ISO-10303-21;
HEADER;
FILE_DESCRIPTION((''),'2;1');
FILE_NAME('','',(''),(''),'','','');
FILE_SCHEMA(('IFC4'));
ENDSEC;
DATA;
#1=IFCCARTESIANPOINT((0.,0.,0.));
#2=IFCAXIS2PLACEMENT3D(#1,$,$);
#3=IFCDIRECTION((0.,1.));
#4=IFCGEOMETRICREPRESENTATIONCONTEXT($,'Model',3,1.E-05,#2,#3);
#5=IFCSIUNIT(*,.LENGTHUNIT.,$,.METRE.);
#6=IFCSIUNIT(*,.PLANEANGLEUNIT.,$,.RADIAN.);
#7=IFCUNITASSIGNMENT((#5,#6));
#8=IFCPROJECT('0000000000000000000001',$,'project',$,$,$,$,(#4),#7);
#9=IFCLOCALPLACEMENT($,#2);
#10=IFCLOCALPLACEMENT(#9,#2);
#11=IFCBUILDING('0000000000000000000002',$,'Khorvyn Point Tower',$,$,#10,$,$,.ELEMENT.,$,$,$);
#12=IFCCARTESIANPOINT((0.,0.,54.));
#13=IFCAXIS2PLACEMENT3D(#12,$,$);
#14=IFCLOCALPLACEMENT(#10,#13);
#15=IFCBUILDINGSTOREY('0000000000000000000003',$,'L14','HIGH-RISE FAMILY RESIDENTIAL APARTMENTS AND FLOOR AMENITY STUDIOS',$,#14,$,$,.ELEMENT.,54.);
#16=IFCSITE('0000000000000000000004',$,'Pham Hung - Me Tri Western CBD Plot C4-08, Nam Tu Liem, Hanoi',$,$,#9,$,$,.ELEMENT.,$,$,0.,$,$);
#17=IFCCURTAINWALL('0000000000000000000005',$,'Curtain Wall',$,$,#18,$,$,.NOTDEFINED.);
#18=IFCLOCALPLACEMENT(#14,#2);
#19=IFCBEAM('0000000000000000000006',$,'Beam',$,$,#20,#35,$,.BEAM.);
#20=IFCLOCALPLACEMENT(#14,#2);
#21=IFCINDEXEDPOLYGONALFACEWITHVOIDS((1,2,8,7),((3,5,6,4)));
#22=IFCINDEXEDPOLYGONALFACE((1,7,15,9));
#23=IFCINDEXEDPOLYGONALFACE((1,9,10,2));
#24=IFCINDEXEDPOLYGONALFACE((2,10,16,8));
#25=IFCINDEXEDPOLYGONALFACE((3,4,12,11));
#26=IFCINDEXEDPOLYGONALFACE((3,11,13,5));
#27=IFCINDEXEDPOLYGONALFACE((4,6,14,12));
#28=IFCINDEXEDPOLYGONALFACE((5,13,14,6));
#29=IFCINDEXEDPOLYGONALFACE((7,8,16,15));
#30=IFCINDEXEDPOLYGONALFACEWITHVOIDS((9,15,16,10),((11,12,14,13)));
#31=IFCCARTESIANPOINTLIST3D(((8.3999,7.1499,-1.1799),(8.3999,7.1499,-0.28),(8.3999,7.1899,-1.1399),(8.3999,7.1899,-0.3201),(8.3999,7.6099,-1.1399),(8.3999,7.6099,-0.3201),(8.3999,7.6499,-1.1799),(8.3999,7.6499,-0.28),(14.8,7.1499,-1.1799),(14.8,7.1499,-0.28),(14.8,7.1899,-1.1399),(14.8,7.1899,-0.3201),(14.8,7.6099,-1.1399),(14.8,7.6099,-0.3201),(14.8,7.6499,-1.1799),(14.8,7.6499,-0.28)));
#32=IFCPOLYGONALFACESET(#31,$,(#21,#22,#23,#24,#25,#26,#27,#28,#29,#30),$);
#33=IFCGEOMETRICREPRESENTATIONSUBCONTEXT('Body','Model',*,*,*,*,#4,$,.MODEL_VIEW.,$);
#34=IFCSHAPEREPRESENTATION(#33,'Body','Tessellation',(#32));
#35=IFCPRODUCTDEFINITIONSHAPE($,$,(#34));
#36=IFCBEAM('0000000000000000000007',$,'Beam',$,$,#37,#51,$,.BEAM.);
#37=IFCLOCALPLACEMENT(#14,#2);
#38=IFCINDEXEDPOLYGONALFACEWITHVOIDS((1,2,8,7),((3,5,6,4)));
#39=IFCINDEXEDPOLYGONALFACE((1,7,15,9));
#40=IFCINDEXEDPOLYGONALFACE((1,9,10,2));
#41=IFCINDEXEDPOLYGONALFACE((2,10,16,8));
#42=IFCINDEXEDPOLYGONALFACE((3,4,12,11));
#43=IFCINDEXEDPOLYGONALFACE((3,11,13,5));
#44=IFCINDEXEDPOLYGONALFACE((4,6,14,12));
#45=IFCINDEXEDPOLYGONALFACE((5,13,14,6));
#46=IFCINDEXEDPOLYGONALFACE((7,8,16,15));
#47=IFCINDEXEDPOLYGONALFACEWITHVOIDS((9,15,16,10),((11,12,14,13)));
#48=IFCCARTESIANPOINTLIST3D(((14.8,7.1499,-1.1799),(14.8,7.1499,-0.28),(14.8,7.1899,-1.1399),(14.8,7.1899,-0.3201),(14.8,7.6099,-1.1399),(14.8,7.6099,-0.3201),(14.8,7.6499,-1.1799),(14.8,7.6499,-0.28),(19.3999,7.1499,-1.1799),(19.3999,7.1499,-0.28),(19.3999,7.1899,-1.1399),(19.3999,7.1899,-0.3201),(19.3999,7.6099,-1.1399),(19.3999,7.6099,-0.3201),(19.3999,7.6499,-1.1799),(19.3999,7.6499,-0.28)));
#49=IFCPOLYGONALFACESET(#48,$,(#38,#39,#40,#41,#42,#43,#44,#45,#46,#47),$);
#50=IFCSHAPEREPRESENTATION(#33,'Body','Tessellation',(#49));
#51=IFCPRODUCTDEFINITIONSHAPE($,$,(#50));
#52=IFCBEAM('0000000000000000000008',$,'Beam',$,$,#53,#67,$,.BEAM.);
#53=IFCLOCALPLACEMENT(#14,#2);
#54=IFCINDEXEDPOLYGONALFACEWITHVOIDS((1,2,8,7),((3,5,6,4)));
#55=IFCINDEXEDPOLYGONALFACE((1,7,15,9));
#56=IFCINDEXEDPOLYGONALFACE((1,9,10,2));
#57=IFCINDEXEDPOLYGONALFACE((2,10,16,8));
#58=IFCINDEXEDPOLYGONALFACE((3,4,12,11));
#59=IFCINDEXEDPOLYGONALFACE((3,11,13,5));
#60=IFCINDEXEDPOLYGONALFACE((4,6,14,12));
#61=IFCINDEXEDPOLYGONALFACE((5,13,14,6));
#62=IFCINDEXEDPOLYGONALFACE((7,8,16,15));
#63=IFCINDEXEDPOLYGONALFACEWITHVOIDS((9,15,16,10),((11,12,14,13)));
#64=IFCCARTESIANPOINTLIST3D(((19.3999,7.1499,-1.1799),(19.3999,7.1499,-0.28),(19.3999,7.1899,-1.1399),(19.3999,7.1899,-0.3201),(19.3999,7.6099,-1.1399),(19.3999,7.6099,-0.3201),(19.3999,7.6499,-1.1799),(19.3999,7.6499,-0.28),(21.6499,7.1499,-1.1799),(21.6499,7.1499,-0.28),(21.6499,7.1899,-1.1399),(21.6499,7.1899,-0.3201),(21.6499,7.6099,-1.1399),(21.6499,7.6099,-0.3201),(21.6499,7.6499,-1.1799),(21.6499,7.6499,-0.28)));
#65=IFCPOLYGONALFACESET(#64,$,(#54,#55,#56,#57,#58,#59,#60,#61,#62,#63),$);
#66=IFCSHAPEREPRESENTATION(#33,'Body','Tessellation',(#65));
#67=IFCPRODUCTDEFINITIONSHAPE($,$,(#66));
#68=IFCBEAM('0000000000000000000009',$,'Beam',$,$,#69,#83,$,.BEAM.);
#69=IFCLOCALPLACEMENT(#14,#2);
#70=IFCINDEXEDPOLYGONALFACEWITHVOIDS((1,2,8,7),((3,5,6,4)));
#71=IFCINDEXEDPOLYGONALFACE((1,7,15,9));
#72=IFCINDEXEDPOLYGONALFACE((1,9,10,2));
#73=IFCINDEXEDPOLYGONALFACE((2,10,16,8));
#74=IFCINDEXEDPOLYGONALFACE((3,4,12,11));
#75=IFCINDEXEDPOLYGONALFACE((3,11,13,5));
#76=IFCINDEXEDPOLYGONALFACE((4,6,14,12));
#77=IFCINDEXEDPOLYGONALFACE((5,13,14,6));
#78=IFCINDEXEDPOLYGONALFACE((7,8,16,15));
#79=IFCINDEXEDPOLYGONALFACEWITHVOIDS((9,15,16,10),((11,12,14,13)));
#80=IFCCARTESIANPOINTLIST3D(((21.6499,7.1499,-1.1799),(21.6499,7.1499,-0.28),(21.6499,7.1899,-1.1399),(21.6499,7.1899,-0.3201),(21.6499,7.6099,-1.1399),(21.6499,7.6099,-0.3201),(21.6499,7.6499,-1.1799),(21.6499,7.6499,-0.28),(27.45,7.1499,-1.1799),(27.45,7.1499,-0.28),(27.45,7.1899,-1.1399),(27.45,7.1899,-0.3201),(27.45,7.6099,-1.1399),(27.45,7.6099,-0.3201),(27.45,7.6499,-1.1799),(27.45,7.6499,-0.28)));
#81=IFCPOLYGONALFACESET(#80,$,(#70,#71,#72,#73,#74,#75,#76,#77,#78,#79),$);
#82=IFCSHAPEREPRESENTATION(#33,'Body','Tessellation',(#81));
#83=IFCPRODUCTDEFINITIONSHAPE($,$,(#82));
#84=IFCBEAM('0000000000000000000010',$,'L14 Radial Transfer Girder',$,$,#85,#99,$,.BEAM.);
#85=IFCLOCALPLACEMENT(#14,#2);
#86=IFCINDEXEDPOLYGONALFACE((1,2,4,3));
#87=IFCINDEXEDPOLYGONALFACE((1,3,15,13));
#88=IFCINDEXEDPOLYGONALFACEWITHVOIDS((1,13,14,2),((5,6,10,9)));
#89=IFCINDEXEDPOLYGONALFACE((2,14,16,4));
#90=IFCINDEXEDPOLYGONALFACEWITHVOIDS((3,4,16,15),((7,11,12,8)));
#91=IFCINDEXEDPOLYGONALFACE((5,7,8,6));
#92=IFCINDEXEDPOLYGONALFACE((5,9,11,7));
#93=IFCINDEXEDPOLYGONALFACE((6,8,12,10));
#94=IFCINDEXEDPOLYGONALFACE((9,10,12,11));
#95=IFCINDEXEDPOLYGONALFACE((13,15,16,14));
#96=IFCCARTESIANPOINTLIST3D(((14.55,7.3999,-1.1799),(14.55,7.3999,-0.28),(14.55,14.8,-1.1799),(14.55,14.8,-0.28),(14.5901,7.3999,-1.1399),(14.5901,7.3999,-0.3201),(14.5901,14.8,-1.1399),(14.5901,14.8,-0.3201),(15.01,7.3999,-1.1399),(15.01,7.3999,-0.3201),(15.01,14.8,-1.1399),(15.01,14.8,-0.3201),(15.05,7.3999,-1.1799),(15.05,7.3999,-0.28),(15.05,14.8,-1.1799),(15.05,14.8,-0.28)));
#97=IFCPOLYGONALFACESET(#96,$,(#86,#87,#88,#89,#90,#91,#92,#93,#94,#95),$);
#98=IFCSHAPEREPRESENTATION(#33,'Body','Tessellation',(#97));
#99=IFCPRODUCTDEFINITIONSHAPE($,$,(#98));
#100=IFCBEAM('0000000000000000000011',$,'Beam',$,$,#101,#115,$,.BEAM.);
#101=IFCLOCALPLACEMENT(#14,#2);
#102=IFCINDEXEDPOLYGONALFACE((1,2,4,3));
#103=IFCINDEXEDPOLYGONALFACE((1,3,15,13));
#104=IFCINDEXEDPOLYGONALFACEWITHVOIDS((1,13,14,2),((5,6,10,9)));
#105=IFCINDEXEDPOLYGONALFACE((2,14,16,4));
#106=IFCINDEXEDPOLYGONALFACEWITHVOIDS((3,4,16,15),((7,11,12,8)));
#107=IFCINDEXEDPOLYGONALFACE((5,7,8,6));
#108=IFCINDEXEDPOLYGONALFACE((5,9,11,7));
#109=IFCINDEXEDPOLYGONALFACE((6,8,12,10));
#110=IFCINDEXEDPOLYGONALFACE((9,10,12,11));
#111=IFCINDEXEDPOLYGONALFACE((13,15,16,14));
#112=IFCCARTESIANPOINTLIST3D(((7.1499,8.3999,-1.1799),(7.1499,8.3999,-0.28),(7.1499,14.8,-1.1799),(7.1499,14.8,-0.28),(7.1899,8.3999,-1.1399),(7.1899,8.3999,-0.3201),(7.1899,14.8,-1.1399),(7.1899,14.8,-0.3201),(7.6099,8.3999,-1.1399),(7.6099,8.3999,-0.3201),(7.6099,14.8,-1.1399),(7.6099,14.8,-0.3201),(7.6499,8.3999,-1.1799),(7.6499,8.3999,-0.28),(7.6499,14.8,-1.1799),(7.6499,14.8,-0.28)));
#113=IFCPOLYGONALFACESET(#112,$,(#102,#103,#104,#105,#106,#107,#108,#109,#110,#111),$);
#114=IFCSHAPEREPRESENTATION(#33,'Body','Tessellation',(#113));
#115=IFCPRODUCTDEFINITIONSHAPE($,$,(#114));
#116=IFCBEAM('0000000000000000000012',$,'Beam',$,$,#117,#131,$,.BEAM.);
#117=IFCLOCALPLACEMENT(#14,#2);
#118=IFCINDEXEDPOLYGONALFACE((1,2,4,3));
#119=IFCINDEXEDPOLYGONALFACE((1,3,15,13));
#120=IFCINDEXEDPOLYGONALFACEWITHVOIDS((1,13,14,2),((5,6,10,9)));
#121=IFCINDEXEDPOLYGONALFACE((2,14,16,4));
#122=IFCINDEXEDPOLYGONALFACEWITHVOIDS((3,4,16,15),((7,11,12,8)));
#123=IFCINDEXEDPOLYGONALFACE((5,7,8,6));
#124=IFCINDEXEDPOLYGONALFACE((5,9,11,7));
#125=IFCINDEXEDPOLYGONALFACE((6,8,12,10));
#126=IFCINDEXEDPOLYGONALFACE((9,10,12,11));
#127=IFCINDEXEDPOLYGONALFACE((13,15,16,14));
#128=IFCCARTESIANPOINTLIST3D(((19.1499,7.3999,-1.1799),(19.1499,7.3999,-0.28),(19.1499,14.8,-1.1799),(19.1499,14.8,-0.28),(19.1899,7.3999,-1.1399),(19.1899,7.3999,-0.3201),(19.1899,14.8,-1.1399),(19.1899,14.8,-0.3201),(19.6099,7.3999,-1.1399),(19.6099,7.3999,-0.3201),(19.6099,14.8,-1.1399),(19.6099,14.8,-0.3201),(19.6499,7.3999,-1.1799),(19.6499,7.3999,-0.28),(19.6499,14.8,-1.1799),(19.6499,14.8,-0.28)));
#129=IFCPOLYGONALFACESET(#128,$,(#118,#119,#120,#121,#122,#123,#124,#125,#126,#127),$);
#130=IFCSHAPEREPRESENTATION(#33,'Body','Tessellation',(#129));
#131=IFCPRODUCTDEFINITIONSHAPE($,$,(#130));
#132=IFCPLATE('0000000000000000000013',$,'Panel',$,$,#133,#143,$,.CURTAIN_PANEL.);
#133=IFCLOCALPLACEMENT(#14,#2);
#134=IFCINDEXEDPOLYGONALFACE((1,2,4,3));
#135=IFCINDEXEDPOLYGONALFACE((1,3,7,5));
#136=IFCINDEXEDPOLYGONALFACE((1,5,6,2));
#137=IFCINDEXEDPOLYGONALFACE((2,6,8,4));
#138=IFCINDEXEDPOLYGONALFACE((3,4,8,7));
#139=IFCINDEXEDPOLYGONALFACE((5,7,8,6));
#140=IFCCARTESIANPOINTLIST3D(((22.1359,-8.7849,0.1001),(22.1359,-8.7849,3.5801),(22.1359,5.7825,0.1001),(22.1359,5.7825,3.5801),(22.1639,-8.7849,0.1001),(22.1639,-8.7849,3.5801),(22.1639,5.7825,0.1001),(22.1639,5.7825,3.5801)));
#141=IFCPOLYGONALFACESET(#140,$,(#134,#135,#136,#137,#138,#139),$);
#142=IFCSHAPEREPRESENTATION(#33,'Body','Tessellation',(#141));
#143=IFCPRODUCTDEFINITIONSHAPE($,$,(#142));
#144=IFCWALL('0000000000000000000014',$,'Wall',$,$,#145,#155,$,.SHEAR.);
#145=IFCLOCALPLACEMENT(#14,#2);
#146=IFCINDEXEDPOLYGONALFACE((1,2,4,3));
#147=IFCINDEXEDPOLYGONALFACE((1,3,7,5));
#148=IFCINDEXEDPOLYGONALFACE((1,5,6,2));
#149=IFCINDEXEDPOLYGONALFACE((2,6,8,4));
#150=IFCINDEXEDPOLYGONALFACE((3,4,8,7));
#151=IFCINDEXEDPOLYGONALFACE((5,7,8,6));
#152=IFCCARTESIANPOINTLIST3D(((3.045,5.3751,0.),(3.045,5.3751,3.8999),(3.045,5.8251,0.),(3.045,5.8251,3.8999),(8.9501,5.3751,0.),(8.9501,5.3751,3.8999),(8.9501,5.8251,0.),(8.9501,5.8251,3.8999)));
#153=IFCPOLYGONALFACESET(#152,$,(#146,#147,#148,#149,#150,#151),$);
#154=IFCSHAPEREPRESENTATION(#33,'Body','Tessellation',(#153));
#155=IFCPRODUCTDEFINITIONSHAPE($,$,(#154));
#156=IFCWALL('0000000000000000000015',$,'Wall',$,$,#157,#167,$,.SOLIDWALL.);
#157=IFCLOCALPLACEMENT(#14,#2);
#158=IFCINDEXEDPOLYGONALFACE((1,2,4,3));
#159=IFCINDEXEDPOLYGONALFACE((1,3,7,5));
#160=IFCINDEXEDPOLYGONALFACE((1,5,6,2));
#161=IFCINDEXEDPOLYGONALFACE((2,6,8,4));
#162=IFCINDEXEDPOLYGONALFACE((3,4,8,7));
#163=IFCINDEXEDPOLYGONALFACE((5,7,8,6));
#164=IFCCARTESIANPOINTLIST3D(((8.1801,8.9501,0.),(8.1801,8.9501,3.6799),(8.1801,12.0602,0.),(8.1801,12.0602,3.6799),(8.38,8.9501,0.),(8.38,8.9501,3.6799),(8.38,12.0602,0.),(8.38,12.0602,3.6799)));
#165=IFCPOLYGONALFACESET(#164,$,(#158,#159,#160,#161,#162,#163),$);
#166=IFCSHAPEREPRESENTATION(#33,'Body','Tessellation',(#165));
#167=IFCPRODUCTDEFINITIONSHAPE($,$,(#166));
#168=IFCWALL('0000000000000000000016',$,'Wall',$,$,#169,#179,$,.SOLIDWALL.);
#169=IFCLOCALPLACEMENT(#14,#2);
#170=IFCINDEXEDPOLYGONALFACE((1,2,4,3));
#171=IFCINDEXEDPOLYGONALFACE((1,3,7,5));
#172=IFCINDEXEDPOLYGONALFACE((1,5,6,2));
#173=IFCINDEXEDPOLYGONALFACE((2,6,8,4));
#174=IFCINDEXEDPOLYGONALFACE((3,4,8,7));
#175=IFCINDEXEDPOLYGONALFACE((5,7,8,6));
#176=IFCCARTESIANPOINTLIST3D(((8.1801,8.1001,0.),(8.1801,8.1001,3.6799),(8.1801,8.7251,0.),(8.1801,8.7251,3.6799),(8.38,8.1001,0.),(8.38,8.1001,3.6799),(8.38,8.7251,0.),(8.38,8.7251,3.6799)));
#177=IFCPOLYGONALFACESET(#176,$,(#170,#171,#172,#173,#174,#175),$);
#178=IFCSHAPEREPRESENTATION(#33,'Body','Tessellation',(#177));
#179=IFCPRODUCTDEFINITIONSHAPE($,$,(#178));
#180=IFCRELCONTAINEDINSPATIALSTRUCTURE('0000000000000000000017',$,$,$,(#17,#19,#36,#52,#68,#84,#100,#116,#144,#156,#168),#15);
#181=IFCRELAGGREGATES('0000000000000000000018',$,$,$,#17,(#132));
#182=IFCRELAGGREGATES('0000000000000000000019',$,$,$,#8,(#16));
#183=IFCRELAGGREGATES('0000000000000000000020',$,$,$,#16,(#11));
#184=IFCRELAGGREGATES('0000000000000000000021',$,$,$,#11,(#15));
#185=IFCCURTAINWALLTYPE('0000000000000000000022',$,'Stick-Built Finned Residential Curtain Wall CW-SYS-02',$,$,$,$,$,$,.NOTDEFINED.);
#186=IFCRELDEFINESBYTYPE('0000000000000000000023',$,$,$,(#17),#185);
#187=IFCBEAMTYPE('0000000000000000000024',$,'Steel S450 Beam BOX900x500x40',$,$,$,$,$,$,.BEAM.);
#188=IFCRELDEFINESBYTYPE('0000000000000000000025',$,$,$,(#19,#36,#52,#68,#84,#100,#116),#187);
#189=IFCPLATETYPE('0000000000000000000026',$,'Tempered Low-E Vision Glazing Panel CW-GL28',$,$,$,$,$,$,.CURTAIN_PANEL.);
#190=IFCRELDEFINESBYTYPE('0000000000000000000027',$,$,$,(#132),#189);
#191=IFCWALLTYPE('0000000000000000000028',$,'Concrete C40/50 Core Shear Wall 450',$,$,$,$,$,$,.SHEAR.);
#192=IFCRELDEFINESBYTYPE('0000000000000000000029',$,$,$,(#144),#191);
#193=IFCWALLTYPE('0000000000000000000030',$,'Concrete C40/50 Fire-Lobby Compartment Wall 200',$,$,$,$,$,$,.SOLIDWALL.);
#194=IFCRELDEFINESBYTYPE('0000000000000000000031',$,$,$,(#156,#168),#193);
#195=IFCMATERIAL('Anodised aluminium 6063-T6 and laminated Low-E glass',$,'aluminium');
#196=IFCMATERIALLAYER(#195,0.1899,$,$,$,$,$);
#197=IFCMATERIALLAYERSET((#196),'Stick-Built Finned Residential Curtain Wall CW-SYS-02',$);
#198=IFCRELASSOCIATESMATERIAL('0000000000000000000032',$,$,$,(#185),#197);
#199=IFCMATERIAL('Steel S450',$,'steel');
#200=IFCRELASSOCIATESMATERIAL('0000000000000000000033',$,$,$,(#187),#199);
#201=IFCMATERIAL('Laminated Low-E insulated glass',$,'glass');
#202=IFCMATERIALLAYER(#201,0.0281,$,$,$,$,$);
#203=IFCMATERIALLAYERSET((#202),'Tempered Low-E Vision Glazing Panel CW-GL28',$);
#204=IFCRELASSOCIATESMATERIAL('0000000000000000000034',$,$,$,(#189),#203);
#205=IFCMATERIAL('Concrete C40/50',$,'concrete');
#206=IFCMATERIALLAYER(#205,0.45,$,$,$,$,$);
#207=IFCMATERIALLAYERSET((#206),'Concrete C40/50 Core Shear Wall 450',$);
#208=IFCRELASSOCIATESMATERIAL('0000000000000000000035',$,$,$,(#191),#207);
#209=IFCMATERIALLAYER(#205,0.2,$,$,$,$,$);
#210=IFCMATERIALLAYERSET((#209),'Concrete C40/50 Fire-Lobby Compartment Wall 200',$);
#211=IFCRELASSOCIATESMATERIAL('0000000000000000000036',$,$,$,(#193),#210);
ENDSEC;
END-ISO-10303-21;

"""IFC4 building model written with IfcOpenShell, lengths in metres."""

from ifc_helpers import new_model, si_unit, direction, frame, frame_2d, origin, origin_2d, place, context, subcontext, project, spatial, rectangle, hollow_rectangle, extrude, material, layer, layer_set, material_profile, profile_set, type_object, element, aggregate, save


model = new_model("IFC4")

# Units and contexts
model_context = context("Model", 3, precision=1e-05, world=origin(), true_north=direction((0.0, 1.0)))
body_context = subcontext(model_context, "Body", "Model", "MODEL_VIEW")
ifc_project = project(units=[si_unit("LENGTHUNIT", "METRE"), si_unit("PLANEANGLEUNIT", "RADIAN")], contexts=[model_context])

# Site, building, storey
site_placement = place(None, origin())
site = spatial("IfcSite", under=ifc_project, at=site_placement, Name="Pham Hung - Me Tri Western CBD Plot C4-08, Nam Tu Liem, Hanoi", CompositionType="ELEMENT", RefElevation=0.0)
building_placement = place(site_placement, origin())
building = spatial("IfcBuilding", under=site, at=building_placement, Name="Khorvyn Point Tower", CompositionType="ELEMENT")
storey_placement = place(building_placement, frame((0.0, 0.0, 54.0)))
storey = spatial("IfcBuildingStorey", under=building, at=storey_placement, Name="L14", Description="HIGH-RISE FAMILY RESIDENTIAL APARTMENTS AND FLOOR AMENITY STUDIOS", CompositionType="ELEMENT", Elevation=54.0)

# Shared definitions
ifc_material_1 = material(Name="Steel S450", Category="steel")

# Curtain wall
ifc_material_2 = material(Name="Anodised aluminium 6063-T6 and laminated Low-E glass", Category="aluminium")
ifc_layer_1 = layer(ifc_material_2, 0.1899)
ifc_layer_set_1 = layer_set([ifc_layer_1], Name="Stick-Built Finned Residential Curtain Wall CW-SYS-02")
curtain_wall_type = type_object("IfcCurtainWallType", Name="Stick-Built Finned Residential Curtain Wall CW-SYS-02", PredefinedType="NOTDEFINED", material=ifc_layer_set_1)
curtain_wall_placement = place(storey_placement, origin())
curtain_wall = element("IfcCurtainWall", 1, at=curtain_wall_placement, inside=storey, type_object=curtain_wall_type, Name="Curtain Wall", PredefinedType="NOTDEFINED")

# Beams
ifc_material_profile_1 = material_profile(ifc_material_1, hollow_rectangle(XDim=0.5, YDim=0.8999, WallThickness=0.04, at=origin_2d()))
ifc_profile_set_1 = profile_set([ifc_material_profile_1], Name="Steel S450 BOX900x500x40")
beam_type_1 = type_object("IfcBeamType", Name="Steel S450 Beam BOX900x500x40", PredefinedType="BEAM", material=ifc_profile_set_1)
beam_1_placement = place(storey_placement, frame((8.3999, 7.3999, -0.73), z_axis=(1.0, 0.0, 0.0), x_axis=(0.0, 1.0, 0.0)))
element("IfcBeam", 2, at=beam_1_placement, inside=storey, type_object=beam_type_1, Name="Beam", PredefinedType="BEAM", context=body_context, shape_type="SweptSolid", body=[
    extrude(hollow_rectangle(XDim=0.5, YDim=0.8999, WallThickness=0.04, at=origin_2d()), origin(), (0.0, 0.0, 1.0), 6.4001),
])
beam_2_placement = place(storey_placement, frame((14.8, 7.3999, -0.73), z_axis=(1.0, 0.0, 0.0), x_axis=(0.0, 1.0, 0.0)))
element("IfcBeam", 3, at=beam_2_placement, inside=storey, type_object=beam_type_1, Name="Beam", PredefinedType="BEAM", context=body_context, shape_type="SweptSolid", body=[
    extrude(hollow_rectangle(XDim=0.5, YDim=0.8999, WallThickness=0.04, at=origin_2d()), origin(), (0.0, 0.0, 1.0), 4.5999),
])
beam_3_placement = place(storey_placement, frame((19.3999, 7.3999, -0.73), z_axis=(1.0, 0.0, 0.0), x_axis=(0.0, 1.0, 0.0)))
element("IfcBeam", 4, at=beam_3_placement, inside=storey, type_object=beam_type_1, Name="Beam", PredefinedType="BEAM", context=body_context, shape_type="SweptSolid", body=[
    extrude(hollow_rectangle(XDim=0.5, YDim=0.8999, WallThickness=0.04, at=origin_2d()), origin(), (0.0, 0.0, 1.0), 2.25),
])
beam_4_placement = place(storey_placement, frame((21.6499, 7.3999, -0.73), z_axis=(1.0, 0.0, 0.0), x_axis=(0.0, 1.0, 0.0)))
element("IfcBeam", 5, at=beam_4_placement, inside=storey, type_object=beam_type_1, Name="Beam", PredefinedType="BEAM", context=body_context, shape_type="SweptSolid", body=[
    extrude(hollow_rectangle(XDim=0.5, YDim=0.8999, WallThickness=0.04, at=origin_2d()), origin(), (0.0, 0.0, 1.0), 5.8),
])
beam_5_placement = place(storey_placement, frame((14.8, 7.3999, -0.73), z_axis=(0.0, 1.0, 0.0), x_axis=(-1.0, 0.0, 0.0)))
element("IfcBeam", 6, at=beam_5_placement, inside=storey, type_object=beam_type_1, Name="L14 Radial Transfer Girder", PredefinedType="BEAM", context=body_context, shape_type="SweptSolid", body=[
    extrude(hollow_rectangle(XDim=0.5, YDim=0.8999, WallThickness=0.04, at=origin_2d()), origin(), (0.0, 0.0, 1.0), 7.4001),
])
beam_6_placement = place(storey_placement, frame((7.3999, 8.3999, -0.73), z_axis=(0.0, 1.0, 0.0), x_axis=(-1.0, 0.0, 0.0)))
element("IfcBeam", 7, at=beam_6_placement, inside=storey, type_object=beam_type_1, Name="Beam", PredefinedType="BEAM", context=body_context, shape_type="SweptSolid", body=[
    extrude(hollow_rectangle(XDim=0.5, YDim=0.8999, WallThickness=0.04, at=origin_2d()), origin(), (0.0, 0.0, 1.0), 6.4001),
])
beam_7_placement = place(storey_placement, frame((19.3999, 7.3999, -0.73), z_axis=(0.0, 1.0, 0.0), x_axis=(-1.0, 0.0, 0.0)))
element("IfcBeam", 8, at=beam_7_placement, inside=storey, type_object=beam_type_1, Name="Beam", PredefinedType="BEAM", context=body_context, shape_type="SweptSolid", body=[
    extrude(hollow_rectangle(XDim=0.5, YDim=0.8999, WallThickness=0.04, at=origin_2d()), origin(), (0.0, 0.0, 1.0), 7.4001),
])

# Plate
ifc_material_3 = material(Name="Laminated Low-E insulated glass", Category="glass")
ifc_layer_2 = layer(ifc_material_3, 0.0281)
ifc_layer_set_2 = layer_set([ifc_layer_2], Name="Tempered Low-E Vision Glazing Panel CW-GL28")
plate_type = type_object("IfcPlateType", Name="Tempered Low-E Vision Glazing Panel CW-GL28", PredefinedType="CURTAIN_PANEL", material=ifc_layer_set_2)
plate_placement = place(storey_placement, frame((22.1499, -1.5012, 0.1001), z_axis=(0.0, 0.0, 1.0), x_axis=(0.0, -1.0, 0.0)))
plate = element("IfcPlate", 9, at=plate_placement, type_object=plate_type, Name="Panel", PredefinedType="CURTAIN_PANEL", context=body_context, shape_type="SweptSolid", body=[
    extrude(rectangle(XDim=14.5674, YDim=0.0281, at=origin_2d()), origin(), (0.0, 0.0, 1.0), 3.48),
])
aggregate(curtain_wall, [plate])

# Walls
ifc_material_4 = material(Name="Concrete C40/50", Category="concrete")
ifc_layer_3 = layer(ifc_material_4, 0.45)
ifc_layer_set_3 = layer_set([ifc_layer_3], Name="Concrete C40/50 Core Shear Wall 450")
wall_type_1 = type_object("IfcWallType", Name="Concrete C40/50 Core Shear Wall 450", PredefinedType="SHEAR", material=ifc_layer_set_3)
wall_1_placement = place(storey_placement, frame((3.0449, 5.6001, 0.0), z_axis=(0.0, 0.0, 1.0), x_axis=(1.0, 0.0, 0.0)))
element("IfcWall", 10, at=wall_1_placement, inside=storey, type_object=wall_type_1, Name="Wall", PredefinedType="SHEAR", context=body_context, shape_type="SweptSolid", body=[
    extrude(rectangle(XDim=5.905, YDim=0.45, at=frame_2d((2.9526, 0.0))), origin(), (0.0, 0.0, 1.0), 3.8999),
])
ifc_layer_4 = layer(ifc_material_4, 0.2)
ifc_layer_set_4 = layer_set([ifc_layer_4], Name="Concrete C40/50 Fire-Lobby Compartment Wall 200")
wall_type_2 = type_object("IfcWallType", Name="Concrete C40/50 Fire-Lobby Compartment Wall 200", PredefinedType="SOLIDWALL", material=ifc_layer_set_4)
wall_2_placement = place(storey_placement, frame((8.28, 8.95, 0.0), z_axis=(0.0, 0.0, 1.0), x_axis=(0.0, 1.0, 0.0)))
element("IfcWall", 11, at=wall_2_placement, inside=storey, type_object=wall_type_2, Name="Wall", PredefinedType="SOLIDWALL", context=body_context, shape_type="SweptSolid", body=[
    extrude(rectangle(XDim=3.1101, YDim=0.2, at=frame_2d((1.5552, 0.0))), origin(), (0.0, 0.0, 1.0), 3.6799),
])
wall_3_placement = place(storey_placement, frame((8.28, 8.1001, 0.0), z_axis=(0.0, 0.0, 1.0), x_axis=(0.0, 1.0, 0.0)))
element("IfcWall", 12, at=wall_3_placement, inside=storey, type_object=wall_type_2, Name="Wall", PredefinedType="SOLIDWALL", context=body_context, shape_type="SweptSolid", body=[
    extrude(rectangle(XDim=0.625, YDim=0.2, at=frame_2d((0.3125, 0.0))), origin(), (0.0, 0.0, 1.0), 3.6799),
])

save(model, "model.ifc")
